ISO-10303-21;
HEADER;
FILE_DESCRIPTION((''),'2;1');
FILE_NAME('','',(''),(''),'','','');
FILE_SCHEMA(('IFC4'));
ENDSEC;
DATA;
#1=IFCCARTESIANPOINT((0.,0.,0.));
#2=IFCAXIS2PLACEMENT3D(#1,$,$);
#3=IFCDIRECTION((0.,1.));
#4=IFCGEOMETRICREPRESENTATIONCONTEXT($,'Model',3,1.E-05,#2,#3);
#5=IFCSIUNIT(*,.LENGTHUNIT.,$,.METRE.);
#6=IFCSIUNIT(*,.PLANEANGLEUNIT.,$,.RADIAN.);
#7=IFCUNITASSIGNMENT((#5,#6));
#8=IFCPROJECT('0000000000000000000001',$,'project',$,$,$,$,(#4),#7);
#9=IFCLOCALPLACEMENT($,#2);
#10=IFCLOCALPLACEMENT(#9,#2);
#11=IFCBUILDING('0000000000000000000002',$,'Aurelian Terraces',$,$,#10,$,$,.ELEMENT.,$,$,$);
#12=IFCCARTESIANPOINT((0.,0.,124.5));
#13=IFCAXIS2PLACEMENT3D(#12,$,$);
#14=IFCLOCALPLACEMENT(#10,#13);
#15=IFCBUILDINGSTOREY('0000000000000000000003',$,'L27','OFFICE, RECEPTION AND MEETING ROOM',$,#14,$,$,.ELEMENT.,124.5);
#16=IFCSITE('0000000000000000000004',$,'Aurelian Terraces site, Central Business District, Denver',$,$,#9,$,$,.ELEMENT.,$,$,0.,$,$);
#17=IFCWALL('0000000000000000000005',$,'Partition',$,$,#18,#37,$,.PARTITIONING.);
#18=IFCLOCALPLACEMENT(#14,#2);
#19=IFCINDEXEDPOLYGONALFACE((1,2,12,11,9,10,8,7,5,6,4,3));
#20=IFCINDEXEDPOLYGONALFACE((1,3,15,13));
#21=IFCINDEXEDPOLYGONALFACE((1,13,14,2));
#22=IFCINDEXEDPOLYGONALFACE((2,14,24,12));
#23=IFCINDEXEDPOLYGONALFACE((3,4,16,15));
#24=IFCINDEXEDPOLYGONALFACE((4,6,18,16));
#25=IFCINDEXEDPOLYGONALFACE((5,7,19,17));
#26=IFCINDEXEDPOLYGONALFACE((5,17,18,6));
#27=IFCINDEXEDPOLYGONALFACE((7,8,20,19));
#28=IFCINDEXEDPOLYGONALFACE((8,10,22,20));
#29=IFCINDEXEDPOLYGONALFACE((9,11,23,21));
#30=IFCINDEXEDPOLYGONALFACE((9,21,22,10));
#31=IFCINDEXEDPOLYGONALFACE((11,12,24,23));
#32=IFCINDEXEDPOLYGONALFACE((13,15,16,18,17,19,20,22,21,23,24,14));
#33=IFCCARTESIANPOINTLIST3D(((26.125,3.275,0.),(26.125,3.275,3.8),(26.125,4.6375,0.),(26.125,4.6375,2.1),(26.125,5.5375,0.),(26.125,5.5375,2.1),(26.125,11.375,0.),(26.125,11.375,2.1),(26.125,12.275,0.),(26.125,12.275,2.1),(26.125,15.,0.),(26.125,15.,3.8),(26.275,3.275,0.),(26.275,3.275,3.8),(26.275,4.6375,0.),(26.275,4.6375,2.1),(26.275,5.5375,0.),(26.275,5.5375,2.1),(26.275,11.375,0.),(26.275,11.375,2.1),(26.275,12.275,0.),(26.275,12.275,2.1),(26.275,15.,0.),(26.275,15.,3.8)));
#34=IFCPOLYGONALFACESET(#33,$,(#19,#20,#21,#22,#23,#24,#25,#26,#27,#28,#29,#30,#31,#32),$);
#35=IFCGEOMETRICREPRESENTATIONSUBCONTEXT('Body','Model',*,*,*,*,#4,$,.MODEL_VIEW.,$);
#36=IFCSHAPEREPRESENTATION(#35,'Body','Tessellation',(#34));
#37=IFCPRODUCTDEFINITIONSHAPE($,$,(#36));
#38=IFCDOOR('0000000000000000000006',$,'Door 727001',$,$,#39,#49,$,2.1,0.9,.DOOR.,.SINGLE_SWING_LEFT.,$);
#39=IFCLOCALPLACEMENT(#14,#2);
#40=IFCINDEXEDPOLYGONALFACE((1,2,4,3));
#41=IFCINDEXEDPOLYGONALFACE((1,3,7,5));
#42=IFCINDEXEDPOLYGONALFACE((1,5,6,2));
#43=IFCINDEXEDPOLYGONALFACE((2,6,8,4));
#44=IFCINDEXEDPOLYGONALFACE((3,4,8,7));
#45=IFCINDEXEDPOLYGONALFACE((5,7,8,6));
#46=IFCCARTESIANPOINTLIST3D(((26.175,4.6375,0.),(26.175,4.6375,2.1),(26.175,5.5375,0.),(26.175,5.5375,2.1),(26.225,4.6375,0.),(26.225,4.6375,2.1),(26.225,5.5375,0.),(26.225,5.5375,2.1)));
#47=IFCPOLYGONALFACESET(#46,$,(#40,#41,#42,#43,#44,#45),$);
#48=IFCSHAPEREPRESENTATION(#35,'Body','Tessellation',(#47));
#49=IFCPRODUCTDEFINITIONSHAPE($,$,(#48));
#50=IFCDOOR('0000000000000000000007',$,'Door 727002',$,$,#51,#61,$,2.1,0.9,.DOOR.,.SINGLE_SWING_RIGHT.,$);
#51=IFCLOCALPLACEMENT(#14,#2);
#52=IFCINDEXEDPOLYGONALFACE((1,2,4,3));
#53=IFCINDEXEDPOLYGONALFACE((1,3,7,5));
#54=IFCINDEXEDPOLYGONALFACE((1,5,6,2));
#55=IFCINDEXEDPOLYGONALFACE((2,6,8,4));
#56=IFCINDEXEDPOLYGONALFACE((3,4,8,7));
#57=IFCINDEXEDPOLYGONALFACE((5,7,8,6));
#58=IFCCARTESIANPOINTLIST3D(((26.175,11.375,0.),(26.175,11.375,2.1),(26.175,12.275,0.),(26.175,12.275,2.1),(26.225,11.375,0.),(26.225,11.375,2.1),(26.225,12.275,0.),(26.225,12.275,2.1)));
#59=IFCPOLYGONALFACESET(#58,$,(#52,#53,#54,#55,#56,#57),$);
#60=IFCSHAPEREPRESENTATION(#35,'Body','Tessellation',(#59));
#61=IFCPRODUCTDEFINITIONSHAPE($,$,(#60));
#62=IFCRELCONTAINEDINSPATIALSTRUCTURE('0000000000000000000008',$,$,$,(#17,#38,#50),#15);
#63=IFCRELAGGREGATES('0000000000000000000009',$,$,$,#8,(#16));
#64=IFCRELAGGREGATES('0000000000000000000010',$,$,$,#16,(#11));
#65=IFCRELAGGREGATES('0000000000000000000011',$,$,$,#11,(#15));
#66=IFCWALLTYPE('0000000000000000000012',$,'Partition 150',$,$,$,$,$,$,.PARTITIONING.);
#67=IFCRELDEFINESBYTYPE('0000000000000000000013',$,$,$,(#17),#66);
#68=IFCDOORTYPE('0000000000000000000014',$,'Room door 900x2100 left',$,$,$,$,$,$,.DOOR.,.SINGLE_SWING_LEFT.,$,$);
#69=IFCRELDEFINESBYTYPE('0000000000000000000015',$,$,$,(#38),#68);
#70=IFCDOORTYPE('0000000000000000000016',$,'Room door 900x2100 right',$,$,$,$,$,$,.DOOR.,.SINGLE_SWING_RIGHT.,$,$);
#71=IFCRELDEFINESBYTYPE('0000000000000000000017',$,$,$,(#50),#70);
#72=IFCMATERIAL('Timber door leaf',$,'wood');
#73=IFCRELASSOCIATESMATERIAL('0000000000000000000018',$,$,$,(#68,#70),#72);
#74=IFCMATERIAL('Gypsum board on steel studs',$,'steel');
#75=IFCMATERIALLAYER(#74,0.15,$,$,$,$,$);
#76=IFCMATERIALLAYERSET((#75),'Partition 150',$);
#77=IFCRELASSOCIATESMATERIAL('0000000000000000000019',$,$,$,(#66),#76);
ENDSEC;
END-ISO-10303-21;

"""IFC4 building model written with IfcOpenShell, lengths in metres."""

from ifc_helpers import new_model, si_unit, direction, frame, frame_2d, origin, place, context, subcontext, project, spatial, rectangle, extrude, source, transform, mapped, material, layer, layer_set, type_object, element, fill, save


model = new_model("IFC4")

# Units and contexts
model_context = context("Model", 3, precision=1e-05, world=origin(), true_north=direction((0.0, 1.0)))
body_context = subcontext(model_context, "Body", "Model", "MODEL_VIEW")
ifc_project = project(units=[si_unit("LENGTHUNIT", "METRE"), si_unit("PLANEANGLEUNIT", "RADIAN")], contexts=[model_context])

# Site, building, storey
site_placement = place(None, origin())
site = spatial("IfcSite", under=ifc_project, at=site_placement, Name="Aurelian Terraces site, Central Business District, Denver", CompositionType="ELEMENT", RefElevation=0.0)
building_placement = place(site_placement, origin())
building = spatial("IfcBuilding", under=site, at=building_placement, Name="Aurelian Terraces", CompositionType="ELEMENT")
storey_placement = place(building_placement, frame((0.0, 0.0, 124.5)))
storey = spatial("IfcBuildingStorey", under=building, at=storey_placement, Name="L27", Description="OFFICE, RECEPTION AND MEETING ROOM", CompositionType="ELEMENT", Elevation=124.5)

# Shared definitions
ifc_material_1 = material(Name="Gypsum board on steel studs", Category="steel")
shared_shape_1 = source(origin(), body_context, "Body", "SweptSolid", [
    extrude(rectangle(XDim=0.9, YDim=2.1, at=frame_2d((0.45, 1.05))), frame((0.0, 0.085, 0.0), z_axis=(0.0, -1.0, 0.0), x_axis=(1.0, 0.0, 0.0)), (0.0, 0.0, 1.0), 0.17),
])
ifc_material_2 = material(Name="Timber door leaf", Category="wood")
door_type_1 = type_object("IfcDoorType", Name="Room door 900x2100 left", OperationType="SINGLE_SWING_LEFT", PredefinedType="DOOR", material=ifc_material_2)
shared_shape_2 = source(origin(), body_context, "Body", "SweptSolid", [
    extrude(rectangle(XDim=0.9, YDim=2.1, at=frame_2d((0.45, 1.05))), frame((0.0, 0.025, 0.0), z_axis=(0.0, -1.0, 0.0), x_axis=(1.0, 0.0, 0.0)), (0.0, 0.0, 1.0), 0.05),
])
door_type_2 = type_object("IfcDoorType", Name="Room door 900x2100 right", OperationType="SINGLE_SWING_RIGHT", PredefinedType="DOOR", material=ifc_material_2)

# Shared definitions
ifc_layer_1 = layer(ifc_material_1, 0.15)
ifc_layer_set_1 = layer_set([ifc_layer_1], Name="Partition 150")
wall_type_1 = type_object("IfcWallType", Name="Partition 150", PredefinedType="PARTITIONING", material=ifc_layer_set_1)

# Wall, openings, doors
shared_shape_3 = source(origin(), body_context, "Body", "SweptSolid", [
    extrude(rectangle(XDim=11.725, YDim=0.15, at=frame_2d((5.8625, 0.0))), origin(), (0.0, 0.0, 1.0), 3.8),
])
wall_1_placement = place(storey_placement, frame((26.2, 15.0, 0.0), z_axis=(0.0, 0.0, 1.0), x_axis=(0.0, -1.0, 0.0)))
wall_1 = element("IfcWall", 1, at=wall_1_placement, inside=storey, type_object=wall_type_1, Name="Partition", PredefinedType="PARTITIONING", context=body_context, shape_type="MappedRepresentation", body=[
    mapped(shared_shape_3, transform((0.0, 0.0, 0.0), scale=1.0)),
])
opening_1_placement = place(wall_1_placement, frame((9.4625, 0.0, 0.0)))
opening_1 = element("IfcOpeningElement", 2, at=opening_1_placement, cuts=wall_1, PredefinedType="OPENING", context=body_context, shape_type="MappedRepresentation", body=[
    mapped(shared_shape_1, transform((0.0, 0.0, 0.0), scale=1.0)),
])
opening_2_placement = place(wall_1_placement, frame((2.725, 0.0, 0.0)))
opening_2 = element("IfcOpeningElement", 3, at=opening_2_placement, cuts=wall_1, PredefinedType="OPENING", context=body_context, shape_type="MappedRepresentation", body=[
    mapped(shared_shape_1, transform((0.0, 0.0, 0.0), scale=1.0)),
])
door_1_placement = place(opening_1_placement, origin())
door_1 = element("IfcDoor", 4, at=door_1_placement, inside=storey, type_object=door_type_1, Name="Door 727001", OperationType="SINGLE_SWING_LEFT", OverallHeight=2.1, OverallWidth=0.9, PredefinedType="DOOR", context=body_context, shape_type="MappedRepresentation", body=[
    mapped(shared_shape_2, transform((0.0, 0.0, 0.0), scale=1.0)),
])
fill(opening_1, door_1)
door_2_placement = place(opening_2_placement, origin())
door_2 = element("IfcDoor", 5, at=door_2_placement, inside=storey, type_object=door_type_2, Name="Door 727002", OperationType="SINGLE_SWING_RIGHT", OverallHeight=2.1, OverallWidth=0.9, PredefinedType="DOOR", context=body_context, shape_type="MappedRepresentation", body=[
    mapped(shared_shape_2, transform((0.0, 0.0, 0.0), scale=1.0)),
])
fill(opening_2, door_2)

save(model, "model.ifc")
